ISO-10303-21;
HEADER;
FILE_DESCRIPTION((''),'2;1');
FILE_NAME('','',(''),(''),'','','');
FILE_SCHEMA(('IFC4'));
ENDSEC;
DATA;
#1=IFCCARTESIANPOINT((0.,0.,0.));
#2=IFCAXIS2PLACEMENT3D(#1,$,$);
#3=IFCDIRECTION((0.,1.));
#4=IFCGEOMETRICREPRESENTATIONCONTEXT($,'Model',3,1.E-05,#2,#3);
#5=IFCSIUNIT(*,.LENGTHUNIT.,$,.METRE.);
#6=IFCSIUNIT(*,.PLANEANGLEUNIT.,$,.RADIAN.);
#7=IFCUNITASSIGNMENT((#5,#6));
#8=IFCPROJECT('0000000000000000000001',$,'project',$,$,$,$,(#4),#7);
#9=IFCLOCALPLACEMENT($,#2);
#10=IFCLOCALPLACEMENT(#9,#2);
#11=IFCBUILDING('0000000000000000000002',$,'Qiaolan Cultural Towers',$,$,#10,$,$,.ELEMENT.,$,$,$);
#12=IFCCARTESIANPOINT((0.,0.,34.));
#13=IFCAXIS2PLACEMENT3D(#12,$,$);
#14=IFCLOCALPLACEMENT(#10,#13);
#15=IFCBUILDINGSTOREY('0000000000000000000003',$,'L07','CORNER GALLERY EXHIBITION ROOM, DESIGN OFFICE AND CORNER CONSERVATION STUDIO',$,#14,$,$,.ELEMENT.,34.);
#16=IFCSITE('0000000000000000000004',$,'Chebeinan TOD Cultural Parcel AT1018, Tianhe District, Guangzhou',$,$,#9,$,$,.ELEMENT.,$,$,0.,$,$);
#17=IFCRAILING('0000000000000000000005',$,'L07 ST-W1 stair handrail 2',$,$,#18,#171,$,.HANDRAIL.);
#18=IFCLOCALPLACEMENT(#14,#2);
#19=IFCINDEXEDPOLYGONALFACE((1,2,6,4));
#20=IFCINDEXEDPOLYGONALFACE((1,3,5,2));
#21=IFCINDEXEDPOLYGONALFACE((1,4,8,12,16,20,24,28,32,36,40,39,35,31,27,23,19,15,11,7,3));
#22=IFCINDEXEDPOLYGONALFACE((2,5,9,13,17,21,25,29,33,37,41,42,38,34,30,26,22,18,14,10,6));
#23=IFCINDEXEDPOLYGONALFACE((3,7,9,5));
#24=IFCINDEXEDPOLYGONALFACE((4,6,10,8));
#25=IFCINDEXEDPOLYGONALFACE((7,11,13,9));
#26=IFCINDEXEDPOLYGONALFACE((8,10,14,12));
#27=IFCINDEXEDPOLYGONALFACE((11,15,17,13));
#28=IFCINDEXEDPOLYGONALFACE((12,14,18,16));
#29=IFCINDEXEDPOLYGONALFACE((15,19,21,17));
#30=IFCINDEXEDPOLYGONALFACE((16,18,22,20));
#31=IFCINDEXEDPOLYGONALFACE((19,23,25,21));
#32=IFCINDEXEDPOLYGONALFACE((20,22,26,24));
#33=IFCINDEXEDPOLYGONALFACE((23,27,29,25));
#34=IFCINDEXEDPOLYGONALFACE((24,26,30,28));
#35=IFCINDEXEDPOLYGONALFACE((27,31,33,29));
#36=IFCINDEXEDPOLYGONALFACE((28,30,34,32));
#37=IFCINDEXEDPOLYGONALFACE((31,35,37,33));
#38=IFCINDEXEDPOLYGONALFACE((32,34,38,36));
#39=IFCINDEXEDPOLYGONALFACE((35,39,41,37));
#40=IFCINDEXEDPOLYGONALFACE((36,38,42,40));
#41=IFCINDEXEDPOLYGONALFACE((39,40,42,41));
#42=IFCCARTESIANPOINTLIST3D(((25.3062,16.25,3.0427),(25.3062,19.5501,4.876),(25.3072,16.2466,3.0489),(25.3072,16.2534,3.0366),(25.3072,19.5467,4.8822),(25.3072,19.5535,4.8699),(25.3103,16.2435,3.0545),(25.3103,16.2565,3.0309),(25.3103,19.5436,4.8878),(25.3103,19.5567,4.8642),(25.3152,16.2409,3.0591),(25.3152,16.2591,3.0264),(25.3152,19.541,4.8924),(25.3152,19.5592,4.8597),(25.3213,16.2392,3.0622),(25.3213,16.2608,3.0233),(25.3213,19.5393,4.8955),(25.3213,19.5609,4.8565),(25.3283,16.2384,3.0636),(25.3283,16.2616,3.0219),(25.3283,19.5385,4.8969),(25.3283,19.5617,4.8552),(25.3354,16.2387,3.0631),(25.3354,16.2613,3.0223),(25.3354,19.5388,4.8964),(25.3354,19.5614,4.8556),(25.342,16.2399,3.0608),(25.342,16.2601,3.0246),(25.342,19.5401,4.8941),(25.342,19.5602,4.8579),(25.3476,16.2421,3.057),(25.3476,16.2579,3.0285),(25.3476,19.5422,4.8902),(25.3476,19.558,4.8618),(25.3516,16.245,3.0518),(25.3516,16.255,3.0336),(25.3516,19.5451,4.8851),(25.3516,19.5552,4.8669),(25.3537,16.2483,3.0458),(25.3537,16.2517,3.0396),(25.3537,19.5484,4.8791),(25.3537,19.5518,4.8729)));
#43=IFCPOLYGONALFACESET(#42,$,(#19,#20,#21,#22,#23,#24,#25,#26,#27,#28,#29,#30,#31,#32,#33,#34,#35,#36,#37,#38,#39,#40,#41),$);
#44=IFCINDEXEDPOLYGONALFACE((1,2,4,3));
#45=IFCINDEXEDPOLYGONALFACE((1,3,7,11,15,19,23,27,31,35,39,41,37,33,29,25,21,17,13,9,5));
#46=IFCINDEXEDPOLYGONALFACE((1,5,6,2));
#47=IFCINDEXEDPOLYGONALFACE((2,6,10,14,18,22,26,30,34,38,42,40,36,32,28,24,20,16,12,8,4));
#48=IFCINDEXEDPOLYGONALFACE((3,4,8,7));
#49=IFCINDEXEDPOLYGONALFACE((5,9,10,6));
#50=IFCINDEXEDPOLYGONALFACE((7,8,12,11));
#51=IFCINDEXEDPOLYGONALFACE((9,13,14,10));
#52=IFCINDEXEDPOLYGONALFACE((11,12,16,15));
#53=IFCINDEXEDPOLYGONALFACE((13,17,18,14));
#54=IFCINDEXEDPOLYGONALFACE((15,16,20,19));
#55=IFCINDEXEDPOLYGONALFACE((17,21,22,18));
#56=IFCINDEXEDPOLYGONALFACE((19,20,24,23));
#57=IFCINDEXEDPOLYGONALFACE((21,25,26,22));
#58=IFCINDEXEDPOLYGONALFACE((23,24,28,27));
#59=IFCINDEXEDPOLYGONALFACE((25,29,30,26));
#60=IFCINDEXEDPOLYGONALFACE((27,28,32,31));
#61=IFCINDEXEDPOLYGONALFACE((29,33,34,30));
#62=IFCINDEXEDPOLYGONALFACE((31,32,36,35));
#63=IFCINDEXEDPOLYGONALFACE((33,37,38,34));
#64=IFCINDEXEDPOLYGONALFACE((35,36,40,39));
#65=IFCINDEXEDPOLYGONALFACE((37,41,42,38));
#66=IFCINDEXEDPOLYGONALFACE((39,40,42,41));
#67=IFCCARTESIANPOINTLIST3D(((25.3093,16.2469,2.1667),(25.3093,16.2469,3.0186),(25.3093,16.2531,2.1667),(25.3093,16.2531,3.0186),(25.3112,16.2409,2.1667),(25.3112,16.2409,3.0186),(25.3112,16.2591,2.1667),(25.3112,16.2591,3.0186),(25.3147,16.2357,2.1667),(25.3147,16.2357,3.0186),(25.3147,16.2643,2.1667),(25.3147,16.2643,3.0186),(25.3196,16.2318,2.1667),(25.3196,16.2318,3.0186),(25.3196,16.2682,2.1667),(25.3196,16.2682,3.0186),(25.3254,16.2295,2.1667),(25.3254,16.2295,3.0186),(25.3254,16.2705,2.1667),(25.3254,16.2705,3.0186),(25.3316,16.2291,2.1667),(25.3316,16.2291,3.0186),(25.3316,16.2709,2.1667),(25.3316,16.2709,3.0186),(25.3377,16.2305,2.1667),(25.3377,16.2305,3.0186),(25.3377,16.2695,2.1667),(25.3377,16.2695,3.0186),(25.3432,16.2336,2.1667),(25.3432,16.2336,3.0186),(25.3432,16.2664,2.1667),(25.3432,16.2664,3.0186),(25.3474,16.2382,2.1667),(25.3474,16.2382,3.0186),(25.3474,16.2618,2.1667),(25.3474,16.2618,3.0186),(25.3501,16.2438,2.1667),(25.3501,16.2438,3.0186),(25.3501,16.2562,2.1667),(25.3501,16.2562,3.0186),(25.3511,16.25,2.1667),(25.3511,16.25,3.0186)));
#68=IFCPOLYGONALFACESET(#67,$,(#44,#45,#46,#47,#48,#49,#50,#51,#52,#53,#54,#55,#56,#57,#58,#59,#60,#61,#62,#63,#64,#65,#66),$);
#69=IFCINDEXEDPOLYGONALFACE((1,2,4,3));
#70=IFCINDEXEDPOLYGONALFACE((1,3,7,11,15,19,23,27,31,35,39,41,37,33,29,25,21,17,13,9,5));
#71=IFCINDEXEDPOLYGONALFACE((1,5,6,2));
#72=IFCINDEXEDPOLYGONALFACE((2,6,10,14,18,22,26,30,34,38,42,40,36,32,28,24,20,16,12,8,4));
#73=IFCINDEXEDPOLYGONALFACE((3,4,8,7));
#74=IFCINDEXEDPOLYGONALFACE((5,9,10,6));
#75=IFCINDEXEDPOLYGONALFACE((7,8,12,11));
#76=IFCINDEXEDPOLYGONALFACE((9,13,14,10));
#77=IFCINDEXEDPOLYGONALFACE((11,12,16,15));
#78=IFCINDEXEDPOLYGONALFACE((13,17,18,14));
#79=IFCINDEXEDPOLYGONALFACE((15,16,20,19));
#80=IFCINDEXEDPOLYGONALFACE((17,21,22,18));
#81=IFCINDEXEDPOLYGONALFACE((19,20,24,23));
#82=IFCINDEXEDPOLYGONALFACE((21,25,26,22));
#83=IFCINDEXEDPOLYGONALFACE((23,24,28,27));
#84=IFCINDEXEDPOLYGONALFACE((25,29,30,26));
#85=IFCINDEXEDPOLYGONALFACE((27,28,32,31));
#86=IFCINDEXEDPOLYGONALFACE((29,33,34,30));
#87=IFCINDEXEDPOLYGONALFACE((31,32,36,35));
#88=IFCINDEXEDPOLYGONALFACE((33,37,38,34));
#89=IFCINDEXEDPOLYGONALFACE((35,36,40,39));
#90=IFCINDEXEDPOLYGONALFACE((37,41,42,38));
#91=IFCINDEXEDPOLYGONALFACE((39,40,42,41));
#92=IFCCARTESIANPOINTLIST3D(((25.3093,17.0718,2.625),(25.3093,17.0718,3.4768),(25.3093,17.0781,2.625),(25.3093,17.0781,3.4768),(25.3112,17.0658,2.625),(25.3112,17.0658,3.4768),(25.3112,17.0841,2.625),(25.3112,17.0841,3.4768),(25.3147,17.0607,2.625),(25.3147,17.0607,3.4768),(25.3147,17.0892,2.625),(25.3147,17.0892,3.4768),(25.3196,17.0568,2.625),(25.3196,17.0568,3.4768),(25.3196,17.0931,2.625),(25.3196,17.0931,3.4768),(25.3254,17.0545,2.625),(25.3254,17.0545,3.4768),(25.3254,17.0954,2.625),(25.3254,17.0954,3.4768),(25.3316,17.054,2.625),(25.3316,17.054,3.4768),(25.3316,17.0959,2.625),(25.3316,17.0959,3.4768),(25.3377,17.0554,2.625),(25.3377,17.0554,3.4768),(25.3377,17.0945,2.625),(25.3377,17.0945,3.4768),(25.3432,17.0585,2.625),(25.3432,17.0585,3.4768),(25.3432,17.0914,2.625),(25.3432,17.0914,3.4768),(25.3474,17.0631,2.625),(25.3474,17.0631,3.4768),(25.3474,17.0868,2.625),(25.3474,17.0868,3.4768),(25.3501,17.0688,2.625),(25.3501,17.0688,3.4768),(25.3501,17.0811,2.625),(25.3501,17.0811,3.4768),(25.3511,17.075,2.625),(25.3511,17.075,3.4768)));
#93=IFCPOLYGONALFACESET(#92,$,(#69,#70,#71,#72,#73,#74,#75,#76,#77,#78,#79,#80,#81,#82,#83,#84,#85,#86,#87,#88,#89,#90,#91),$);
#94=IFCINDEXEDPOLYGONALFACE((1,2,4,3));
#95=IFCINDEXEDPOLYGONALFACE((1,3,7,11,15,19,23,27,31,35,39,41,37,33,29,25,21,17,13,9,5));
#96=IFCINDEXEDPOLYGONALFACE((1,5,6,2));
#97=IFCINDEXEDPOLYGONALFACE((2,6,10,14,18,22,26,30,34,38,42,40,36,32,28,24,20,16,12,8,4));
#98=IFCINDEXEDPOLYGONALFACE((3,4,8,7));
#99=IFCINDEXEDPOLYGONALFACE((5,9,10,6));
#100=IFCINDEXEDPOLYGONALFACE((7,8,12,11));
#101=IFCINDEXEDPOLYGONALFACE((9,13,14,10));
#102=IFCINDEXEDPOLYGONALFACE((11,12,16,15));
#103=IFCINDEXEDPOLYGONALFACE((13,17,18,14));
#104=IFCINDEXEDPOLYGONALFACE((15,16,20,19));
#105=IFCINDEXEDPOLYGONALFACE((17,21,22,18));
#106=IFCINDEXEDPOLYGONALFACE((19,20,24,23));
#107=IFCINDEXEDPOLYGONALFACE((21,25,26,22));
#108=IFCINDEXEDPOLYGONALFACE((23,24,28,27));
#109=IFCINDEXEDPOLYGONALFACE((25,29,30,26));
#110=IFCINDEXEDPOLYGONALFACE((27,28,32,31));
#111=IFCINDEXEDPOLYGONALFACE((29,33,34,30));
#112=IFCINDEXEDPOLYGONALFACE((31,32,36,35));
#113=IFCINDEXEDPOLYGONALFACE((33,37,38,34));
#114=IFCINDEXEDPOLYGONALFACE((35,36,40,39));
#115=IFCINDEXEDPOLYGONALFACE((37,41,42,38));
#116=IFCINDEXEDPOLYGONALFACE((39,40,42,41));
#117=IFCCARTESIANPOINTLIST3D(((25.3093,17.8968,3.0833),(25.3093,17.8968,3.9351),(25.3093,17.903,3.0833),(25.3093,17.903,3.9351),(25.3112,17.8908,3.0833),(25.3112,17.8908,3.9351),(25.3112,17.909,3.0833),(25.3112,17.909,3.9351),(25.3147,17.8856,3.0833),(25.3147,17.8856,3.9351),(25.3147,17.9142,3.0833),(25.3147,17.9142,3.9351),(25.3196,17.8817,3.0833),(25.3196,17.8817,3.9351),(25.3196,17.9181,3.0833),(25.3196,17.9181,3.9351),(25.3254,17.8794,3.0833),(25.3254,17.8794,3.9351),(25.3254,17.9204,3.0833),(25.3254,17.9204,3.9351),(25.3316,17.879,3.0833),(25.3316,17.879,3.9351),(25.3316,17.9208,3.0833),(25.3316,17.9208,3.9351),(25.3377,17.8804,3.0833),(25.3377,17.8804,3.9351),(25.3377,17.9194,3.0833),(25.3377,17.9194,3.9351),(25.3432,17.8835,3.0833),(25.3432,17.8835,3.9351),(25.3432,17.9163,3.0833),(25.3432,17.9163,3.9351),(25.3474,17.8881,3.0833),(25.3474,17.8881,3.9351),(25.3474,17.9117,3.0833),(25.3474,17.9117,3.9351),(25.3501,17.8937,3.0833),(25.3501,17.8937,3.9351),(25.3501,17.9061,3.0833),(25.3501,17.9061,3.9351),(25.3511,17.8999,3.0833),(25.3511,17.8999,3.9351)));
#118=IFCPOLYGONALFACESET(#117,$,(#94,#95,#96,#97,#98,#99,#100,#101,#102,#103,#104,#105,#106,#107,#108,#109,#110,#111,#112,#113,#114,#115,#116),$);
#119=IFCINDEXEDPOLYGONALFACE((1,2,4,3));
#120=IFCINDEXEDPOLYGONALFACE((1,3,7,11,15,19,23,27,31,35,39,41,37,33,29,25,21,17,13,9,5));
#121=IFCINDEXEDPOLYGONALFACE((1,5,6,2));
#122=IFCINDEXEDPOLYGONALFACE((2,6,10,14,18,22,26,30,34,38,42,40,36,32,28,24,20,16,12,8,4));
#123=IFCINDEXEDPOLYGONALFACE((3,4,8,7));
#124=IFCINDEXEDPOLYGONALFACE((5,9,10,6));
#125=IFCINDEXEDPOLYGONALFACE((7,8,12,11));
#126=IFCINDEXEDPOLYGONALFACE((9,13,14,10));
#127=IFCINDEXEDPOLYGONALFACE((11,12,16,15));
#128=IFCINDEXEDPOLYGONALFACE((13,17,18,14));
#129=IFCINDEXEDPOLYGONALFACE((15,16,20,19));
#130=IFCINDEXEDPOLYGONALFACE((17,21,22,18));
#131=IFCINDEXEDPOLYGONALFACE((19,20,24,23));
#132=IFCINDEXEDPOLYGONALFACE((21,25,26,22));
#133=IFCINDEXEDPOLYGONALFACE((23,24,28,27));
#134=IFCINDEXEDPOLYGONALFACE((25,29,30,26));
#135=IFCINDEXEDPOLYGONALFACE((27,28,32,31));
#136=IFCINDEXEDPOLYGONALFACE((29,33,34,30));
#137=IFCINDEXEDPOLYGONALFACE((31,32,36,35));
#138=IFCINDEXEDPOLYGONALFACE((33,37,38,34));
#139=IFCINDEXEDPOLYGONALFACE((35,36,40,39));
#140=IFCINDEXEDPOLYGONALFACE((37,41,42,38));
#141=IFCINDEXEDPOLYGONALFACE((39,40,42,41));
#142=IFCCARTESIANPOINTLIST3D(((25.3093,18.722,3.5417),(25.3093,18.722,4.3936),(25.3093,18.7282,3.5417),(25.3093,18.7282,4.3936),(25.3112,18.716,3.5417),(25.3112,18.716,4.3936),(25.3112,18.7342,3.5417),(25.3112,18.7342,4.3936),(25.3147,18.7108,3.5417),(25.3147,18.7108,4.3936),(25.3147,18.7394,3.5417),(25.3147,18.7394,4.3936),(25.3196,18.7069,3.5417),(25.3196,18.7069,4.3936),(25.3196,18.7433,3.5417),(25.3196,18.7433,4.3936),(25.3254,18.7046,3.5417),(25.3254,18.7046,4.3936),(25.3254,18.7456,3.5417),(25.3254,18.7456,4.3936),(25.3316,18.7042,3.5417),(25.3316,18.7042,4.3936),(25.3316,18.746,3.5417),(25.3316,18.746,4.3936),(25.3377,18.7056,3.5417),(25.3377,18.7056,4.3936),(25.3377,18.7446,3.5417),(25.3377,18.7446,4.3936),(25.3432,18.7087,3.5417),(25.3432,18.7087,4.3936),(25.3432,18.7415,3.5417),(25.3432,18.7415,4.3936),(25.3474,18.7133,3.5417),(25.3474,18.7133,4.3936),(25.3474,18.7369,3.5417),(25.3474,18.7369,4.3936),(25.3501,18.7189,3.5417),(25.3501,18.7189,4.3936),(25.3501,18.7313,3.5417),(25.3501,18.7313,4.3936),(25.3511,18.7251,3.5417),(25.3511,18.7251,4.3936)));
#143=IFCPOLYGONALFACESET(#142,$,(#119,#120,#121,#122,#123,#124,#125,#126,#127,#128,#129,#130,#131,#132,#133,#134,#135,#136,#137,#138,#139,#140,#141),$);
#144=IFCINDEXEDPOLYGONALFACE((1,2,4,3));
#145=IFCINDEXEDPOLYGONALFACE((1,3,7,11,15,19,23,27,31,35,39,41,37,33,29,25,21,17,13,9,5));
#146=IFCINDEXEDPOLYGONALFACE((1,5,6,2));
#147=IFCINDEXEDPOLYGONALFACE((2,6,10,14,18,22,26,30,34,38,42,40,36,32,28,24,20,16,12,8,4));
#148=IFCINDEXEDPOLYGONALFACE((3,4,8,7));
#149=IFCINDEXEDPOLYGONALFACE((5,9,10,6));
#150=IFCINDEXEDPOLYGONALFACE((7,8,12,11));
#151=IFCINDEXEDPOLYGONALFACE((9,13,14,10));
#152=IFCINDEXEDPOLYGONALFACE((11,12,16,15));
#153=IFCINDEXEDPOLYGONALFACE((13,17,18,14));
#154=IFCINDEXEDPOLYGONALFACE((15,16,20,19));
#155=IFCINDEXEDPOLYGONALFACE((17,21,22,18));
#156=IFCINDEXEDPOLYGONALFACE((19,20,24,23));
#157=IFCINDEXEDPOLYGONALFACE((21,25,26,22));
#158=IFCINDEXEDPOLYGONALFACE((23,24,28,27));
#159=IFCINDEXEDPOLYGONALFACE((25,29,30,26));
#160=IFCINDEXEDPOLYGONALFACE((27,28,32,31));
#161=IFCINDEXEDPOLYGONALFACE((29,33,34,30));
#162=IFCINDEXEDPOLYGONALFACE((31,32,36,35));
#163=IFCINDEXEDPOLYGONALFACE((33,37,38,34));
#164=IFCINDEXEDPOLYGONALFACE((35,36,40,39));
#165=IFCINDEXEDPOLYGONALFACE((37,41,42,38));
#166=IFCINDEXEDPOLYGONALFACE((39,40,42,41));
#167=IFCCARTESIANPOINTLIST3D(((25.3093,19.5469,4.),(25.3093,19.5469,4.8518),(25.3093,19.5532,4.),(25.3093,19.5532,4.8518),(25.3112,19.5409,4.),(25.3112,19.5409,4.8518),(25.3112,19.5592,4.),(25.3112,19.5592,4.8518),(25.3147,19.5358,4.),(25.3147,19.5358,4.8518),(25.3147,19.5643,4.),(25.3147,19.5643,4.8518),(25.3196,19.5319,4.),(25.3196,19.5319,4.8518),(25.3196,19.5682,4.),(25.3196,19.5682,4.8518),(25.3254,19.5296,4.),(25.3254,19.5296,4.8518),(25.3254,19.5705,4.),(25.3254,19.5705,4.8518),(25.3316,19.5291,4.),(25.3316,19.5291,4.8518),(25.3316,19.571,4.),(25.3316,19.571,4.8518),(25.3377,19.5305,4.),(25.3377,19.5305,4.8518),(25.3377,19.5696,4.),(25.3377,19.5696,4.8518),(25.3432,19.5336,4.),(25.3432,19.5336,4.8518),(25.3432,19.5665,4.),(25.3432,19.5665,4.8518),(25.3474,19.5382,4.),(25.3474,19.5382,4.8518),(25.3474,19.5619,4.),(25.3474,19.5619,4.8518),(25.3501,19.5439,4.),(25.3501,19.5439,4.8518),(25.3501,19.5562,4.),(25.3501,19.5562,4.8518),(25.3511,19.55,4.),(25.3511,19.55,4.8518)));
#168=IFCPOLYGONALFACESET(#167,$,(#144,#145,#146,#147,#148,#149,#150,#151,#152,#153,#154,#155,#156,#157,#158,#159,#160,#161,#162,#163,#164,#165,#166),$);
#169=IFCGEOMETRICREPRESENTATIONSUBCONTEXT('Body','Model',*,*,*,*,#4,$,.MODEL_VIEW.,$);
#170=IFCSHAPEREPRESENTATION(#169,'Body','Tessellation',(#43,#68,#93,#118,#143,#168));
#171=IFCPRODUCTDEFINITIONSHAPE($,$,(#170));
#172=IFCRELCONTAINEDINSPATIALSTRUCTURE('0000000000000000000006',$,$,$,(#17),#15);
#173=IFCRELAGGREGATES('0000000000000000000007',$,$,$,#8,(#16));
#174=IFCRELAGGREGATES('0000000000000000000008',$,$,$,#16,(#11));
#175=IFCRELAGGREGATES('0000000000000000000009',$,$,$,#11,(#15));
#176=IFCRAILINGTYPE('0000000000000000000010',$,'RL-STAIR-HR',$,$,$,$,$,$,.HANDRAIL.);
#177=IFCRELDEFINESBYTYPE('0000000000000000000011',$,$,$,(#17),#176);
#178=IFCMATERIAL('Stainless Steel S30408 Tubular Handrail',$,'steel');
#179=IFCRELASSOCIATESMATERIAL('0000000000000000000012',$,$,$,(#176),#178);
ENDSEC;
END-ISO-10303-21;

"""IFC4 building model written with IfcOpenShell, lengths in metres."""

from ifc_helpers import new_model, si_unit, direction, frame, origin, origin_2d, place, context, subcontext, project, spatial, circle, extrude, material, type_object, element, save


model = new_model("IFC4")

# Units and contexts
model_context = context("Model", 3, precision=1e-05, world=origin(), true_north=direction((0.0, 1.0)))
body_context = subcontext(model_context, "Body", "Model", "MODEL_VIEW")
ifc_project = project(units=[si_unit("LENGTHUNIT", "METRE"), si_unit("PLANEANGLEUNIT", "RADIAN")], contexts=[model_context])

# Site, building, storey
site_placement = place(None, origin())
site = spatial("IfcSite", under=ifc_project, at=site_placement, Name="Chebeinan TOD Cultural Parcel AT1018, Tianhe District, Guangzhou", CompositionType="ELEMENT", RefElevation=0.0)
building_placement = place(site_placement, origin())
building = spatial("IfcBuilding", under=site, at=building_placement, Name="Qiaolan Cultural Towers", CompositionType="ELEMENT")
storey_placement = place(building_placement, frame((0.0, 0.0, 34.0)))
storey = spatial("IfcBuildingStorey", under=building, at=storey_placement, Name="L07", Description="CORNER GALLERY EXHIBITION ROOM, DESIGN OFFICE AND CORNER CONSERVATION STUDIO", CompositionType="ELEMENT", Elevation=34.0)

# Railing
ifc_material_1 = material(Name="Stainless Steel S30408 Tubular Handrail", Category="steel")
railing_type_1 = type_object("IfcRailingType", Name="RL-STAIR-HR", PredefinedType="HANDRAIL", material=ifc_material_1)
railing_1_placement = place(storey_placement, frame((25.3301, 16.25, 2.1667)))
element("IfcRailing", 1, at=railing_1_placement, inside=storey, type_object=railing_type_1, Name="L07 ST-W1 stair handrail 2", PredefinedType="HANDRAIL", context=body_context, shape_type="SweptSolid", body=[
    extrude(circle(Radius=0.0239, at=origin_2d()), frame((0.0, 0.0, 0.876), z_axis=(0.0, 0.874169, 0.485621), x_axis=(-1.0, 0.0, 0.0)), (0.0, 0.0, 1.0), 3.7751),
    extrude(circle(Radius=0.021, at=origin_2d()), origin(), (0.0, 0.0, 1.0), 0.8518),
    extrude(circle(Radius=0.021, at=origin_2d()), frame((0.0, 0.825, 0.4583)), (0.0, 0.0, 1.0), 0.8518),
    extrude(circle(Radius=0.021, at=origin_2d()), frame((0.0, 1.6499, 0.9165)), (0.0, 0.0, 1.0), 0.8518),
    extrude(circle(Radius=0.021, at=origin_2d()), frame((0.0, 2.4751, 1.375)), (0.0, 0.0, 1.0), 0.8518),
    extrude(circle(Radius=0.021, at=origin_2d()), frame((0.0, 3.3, 1.8333)), (0.0, 0.0, 1.0), 0.8518),
])

save(model, "model.ifc")
